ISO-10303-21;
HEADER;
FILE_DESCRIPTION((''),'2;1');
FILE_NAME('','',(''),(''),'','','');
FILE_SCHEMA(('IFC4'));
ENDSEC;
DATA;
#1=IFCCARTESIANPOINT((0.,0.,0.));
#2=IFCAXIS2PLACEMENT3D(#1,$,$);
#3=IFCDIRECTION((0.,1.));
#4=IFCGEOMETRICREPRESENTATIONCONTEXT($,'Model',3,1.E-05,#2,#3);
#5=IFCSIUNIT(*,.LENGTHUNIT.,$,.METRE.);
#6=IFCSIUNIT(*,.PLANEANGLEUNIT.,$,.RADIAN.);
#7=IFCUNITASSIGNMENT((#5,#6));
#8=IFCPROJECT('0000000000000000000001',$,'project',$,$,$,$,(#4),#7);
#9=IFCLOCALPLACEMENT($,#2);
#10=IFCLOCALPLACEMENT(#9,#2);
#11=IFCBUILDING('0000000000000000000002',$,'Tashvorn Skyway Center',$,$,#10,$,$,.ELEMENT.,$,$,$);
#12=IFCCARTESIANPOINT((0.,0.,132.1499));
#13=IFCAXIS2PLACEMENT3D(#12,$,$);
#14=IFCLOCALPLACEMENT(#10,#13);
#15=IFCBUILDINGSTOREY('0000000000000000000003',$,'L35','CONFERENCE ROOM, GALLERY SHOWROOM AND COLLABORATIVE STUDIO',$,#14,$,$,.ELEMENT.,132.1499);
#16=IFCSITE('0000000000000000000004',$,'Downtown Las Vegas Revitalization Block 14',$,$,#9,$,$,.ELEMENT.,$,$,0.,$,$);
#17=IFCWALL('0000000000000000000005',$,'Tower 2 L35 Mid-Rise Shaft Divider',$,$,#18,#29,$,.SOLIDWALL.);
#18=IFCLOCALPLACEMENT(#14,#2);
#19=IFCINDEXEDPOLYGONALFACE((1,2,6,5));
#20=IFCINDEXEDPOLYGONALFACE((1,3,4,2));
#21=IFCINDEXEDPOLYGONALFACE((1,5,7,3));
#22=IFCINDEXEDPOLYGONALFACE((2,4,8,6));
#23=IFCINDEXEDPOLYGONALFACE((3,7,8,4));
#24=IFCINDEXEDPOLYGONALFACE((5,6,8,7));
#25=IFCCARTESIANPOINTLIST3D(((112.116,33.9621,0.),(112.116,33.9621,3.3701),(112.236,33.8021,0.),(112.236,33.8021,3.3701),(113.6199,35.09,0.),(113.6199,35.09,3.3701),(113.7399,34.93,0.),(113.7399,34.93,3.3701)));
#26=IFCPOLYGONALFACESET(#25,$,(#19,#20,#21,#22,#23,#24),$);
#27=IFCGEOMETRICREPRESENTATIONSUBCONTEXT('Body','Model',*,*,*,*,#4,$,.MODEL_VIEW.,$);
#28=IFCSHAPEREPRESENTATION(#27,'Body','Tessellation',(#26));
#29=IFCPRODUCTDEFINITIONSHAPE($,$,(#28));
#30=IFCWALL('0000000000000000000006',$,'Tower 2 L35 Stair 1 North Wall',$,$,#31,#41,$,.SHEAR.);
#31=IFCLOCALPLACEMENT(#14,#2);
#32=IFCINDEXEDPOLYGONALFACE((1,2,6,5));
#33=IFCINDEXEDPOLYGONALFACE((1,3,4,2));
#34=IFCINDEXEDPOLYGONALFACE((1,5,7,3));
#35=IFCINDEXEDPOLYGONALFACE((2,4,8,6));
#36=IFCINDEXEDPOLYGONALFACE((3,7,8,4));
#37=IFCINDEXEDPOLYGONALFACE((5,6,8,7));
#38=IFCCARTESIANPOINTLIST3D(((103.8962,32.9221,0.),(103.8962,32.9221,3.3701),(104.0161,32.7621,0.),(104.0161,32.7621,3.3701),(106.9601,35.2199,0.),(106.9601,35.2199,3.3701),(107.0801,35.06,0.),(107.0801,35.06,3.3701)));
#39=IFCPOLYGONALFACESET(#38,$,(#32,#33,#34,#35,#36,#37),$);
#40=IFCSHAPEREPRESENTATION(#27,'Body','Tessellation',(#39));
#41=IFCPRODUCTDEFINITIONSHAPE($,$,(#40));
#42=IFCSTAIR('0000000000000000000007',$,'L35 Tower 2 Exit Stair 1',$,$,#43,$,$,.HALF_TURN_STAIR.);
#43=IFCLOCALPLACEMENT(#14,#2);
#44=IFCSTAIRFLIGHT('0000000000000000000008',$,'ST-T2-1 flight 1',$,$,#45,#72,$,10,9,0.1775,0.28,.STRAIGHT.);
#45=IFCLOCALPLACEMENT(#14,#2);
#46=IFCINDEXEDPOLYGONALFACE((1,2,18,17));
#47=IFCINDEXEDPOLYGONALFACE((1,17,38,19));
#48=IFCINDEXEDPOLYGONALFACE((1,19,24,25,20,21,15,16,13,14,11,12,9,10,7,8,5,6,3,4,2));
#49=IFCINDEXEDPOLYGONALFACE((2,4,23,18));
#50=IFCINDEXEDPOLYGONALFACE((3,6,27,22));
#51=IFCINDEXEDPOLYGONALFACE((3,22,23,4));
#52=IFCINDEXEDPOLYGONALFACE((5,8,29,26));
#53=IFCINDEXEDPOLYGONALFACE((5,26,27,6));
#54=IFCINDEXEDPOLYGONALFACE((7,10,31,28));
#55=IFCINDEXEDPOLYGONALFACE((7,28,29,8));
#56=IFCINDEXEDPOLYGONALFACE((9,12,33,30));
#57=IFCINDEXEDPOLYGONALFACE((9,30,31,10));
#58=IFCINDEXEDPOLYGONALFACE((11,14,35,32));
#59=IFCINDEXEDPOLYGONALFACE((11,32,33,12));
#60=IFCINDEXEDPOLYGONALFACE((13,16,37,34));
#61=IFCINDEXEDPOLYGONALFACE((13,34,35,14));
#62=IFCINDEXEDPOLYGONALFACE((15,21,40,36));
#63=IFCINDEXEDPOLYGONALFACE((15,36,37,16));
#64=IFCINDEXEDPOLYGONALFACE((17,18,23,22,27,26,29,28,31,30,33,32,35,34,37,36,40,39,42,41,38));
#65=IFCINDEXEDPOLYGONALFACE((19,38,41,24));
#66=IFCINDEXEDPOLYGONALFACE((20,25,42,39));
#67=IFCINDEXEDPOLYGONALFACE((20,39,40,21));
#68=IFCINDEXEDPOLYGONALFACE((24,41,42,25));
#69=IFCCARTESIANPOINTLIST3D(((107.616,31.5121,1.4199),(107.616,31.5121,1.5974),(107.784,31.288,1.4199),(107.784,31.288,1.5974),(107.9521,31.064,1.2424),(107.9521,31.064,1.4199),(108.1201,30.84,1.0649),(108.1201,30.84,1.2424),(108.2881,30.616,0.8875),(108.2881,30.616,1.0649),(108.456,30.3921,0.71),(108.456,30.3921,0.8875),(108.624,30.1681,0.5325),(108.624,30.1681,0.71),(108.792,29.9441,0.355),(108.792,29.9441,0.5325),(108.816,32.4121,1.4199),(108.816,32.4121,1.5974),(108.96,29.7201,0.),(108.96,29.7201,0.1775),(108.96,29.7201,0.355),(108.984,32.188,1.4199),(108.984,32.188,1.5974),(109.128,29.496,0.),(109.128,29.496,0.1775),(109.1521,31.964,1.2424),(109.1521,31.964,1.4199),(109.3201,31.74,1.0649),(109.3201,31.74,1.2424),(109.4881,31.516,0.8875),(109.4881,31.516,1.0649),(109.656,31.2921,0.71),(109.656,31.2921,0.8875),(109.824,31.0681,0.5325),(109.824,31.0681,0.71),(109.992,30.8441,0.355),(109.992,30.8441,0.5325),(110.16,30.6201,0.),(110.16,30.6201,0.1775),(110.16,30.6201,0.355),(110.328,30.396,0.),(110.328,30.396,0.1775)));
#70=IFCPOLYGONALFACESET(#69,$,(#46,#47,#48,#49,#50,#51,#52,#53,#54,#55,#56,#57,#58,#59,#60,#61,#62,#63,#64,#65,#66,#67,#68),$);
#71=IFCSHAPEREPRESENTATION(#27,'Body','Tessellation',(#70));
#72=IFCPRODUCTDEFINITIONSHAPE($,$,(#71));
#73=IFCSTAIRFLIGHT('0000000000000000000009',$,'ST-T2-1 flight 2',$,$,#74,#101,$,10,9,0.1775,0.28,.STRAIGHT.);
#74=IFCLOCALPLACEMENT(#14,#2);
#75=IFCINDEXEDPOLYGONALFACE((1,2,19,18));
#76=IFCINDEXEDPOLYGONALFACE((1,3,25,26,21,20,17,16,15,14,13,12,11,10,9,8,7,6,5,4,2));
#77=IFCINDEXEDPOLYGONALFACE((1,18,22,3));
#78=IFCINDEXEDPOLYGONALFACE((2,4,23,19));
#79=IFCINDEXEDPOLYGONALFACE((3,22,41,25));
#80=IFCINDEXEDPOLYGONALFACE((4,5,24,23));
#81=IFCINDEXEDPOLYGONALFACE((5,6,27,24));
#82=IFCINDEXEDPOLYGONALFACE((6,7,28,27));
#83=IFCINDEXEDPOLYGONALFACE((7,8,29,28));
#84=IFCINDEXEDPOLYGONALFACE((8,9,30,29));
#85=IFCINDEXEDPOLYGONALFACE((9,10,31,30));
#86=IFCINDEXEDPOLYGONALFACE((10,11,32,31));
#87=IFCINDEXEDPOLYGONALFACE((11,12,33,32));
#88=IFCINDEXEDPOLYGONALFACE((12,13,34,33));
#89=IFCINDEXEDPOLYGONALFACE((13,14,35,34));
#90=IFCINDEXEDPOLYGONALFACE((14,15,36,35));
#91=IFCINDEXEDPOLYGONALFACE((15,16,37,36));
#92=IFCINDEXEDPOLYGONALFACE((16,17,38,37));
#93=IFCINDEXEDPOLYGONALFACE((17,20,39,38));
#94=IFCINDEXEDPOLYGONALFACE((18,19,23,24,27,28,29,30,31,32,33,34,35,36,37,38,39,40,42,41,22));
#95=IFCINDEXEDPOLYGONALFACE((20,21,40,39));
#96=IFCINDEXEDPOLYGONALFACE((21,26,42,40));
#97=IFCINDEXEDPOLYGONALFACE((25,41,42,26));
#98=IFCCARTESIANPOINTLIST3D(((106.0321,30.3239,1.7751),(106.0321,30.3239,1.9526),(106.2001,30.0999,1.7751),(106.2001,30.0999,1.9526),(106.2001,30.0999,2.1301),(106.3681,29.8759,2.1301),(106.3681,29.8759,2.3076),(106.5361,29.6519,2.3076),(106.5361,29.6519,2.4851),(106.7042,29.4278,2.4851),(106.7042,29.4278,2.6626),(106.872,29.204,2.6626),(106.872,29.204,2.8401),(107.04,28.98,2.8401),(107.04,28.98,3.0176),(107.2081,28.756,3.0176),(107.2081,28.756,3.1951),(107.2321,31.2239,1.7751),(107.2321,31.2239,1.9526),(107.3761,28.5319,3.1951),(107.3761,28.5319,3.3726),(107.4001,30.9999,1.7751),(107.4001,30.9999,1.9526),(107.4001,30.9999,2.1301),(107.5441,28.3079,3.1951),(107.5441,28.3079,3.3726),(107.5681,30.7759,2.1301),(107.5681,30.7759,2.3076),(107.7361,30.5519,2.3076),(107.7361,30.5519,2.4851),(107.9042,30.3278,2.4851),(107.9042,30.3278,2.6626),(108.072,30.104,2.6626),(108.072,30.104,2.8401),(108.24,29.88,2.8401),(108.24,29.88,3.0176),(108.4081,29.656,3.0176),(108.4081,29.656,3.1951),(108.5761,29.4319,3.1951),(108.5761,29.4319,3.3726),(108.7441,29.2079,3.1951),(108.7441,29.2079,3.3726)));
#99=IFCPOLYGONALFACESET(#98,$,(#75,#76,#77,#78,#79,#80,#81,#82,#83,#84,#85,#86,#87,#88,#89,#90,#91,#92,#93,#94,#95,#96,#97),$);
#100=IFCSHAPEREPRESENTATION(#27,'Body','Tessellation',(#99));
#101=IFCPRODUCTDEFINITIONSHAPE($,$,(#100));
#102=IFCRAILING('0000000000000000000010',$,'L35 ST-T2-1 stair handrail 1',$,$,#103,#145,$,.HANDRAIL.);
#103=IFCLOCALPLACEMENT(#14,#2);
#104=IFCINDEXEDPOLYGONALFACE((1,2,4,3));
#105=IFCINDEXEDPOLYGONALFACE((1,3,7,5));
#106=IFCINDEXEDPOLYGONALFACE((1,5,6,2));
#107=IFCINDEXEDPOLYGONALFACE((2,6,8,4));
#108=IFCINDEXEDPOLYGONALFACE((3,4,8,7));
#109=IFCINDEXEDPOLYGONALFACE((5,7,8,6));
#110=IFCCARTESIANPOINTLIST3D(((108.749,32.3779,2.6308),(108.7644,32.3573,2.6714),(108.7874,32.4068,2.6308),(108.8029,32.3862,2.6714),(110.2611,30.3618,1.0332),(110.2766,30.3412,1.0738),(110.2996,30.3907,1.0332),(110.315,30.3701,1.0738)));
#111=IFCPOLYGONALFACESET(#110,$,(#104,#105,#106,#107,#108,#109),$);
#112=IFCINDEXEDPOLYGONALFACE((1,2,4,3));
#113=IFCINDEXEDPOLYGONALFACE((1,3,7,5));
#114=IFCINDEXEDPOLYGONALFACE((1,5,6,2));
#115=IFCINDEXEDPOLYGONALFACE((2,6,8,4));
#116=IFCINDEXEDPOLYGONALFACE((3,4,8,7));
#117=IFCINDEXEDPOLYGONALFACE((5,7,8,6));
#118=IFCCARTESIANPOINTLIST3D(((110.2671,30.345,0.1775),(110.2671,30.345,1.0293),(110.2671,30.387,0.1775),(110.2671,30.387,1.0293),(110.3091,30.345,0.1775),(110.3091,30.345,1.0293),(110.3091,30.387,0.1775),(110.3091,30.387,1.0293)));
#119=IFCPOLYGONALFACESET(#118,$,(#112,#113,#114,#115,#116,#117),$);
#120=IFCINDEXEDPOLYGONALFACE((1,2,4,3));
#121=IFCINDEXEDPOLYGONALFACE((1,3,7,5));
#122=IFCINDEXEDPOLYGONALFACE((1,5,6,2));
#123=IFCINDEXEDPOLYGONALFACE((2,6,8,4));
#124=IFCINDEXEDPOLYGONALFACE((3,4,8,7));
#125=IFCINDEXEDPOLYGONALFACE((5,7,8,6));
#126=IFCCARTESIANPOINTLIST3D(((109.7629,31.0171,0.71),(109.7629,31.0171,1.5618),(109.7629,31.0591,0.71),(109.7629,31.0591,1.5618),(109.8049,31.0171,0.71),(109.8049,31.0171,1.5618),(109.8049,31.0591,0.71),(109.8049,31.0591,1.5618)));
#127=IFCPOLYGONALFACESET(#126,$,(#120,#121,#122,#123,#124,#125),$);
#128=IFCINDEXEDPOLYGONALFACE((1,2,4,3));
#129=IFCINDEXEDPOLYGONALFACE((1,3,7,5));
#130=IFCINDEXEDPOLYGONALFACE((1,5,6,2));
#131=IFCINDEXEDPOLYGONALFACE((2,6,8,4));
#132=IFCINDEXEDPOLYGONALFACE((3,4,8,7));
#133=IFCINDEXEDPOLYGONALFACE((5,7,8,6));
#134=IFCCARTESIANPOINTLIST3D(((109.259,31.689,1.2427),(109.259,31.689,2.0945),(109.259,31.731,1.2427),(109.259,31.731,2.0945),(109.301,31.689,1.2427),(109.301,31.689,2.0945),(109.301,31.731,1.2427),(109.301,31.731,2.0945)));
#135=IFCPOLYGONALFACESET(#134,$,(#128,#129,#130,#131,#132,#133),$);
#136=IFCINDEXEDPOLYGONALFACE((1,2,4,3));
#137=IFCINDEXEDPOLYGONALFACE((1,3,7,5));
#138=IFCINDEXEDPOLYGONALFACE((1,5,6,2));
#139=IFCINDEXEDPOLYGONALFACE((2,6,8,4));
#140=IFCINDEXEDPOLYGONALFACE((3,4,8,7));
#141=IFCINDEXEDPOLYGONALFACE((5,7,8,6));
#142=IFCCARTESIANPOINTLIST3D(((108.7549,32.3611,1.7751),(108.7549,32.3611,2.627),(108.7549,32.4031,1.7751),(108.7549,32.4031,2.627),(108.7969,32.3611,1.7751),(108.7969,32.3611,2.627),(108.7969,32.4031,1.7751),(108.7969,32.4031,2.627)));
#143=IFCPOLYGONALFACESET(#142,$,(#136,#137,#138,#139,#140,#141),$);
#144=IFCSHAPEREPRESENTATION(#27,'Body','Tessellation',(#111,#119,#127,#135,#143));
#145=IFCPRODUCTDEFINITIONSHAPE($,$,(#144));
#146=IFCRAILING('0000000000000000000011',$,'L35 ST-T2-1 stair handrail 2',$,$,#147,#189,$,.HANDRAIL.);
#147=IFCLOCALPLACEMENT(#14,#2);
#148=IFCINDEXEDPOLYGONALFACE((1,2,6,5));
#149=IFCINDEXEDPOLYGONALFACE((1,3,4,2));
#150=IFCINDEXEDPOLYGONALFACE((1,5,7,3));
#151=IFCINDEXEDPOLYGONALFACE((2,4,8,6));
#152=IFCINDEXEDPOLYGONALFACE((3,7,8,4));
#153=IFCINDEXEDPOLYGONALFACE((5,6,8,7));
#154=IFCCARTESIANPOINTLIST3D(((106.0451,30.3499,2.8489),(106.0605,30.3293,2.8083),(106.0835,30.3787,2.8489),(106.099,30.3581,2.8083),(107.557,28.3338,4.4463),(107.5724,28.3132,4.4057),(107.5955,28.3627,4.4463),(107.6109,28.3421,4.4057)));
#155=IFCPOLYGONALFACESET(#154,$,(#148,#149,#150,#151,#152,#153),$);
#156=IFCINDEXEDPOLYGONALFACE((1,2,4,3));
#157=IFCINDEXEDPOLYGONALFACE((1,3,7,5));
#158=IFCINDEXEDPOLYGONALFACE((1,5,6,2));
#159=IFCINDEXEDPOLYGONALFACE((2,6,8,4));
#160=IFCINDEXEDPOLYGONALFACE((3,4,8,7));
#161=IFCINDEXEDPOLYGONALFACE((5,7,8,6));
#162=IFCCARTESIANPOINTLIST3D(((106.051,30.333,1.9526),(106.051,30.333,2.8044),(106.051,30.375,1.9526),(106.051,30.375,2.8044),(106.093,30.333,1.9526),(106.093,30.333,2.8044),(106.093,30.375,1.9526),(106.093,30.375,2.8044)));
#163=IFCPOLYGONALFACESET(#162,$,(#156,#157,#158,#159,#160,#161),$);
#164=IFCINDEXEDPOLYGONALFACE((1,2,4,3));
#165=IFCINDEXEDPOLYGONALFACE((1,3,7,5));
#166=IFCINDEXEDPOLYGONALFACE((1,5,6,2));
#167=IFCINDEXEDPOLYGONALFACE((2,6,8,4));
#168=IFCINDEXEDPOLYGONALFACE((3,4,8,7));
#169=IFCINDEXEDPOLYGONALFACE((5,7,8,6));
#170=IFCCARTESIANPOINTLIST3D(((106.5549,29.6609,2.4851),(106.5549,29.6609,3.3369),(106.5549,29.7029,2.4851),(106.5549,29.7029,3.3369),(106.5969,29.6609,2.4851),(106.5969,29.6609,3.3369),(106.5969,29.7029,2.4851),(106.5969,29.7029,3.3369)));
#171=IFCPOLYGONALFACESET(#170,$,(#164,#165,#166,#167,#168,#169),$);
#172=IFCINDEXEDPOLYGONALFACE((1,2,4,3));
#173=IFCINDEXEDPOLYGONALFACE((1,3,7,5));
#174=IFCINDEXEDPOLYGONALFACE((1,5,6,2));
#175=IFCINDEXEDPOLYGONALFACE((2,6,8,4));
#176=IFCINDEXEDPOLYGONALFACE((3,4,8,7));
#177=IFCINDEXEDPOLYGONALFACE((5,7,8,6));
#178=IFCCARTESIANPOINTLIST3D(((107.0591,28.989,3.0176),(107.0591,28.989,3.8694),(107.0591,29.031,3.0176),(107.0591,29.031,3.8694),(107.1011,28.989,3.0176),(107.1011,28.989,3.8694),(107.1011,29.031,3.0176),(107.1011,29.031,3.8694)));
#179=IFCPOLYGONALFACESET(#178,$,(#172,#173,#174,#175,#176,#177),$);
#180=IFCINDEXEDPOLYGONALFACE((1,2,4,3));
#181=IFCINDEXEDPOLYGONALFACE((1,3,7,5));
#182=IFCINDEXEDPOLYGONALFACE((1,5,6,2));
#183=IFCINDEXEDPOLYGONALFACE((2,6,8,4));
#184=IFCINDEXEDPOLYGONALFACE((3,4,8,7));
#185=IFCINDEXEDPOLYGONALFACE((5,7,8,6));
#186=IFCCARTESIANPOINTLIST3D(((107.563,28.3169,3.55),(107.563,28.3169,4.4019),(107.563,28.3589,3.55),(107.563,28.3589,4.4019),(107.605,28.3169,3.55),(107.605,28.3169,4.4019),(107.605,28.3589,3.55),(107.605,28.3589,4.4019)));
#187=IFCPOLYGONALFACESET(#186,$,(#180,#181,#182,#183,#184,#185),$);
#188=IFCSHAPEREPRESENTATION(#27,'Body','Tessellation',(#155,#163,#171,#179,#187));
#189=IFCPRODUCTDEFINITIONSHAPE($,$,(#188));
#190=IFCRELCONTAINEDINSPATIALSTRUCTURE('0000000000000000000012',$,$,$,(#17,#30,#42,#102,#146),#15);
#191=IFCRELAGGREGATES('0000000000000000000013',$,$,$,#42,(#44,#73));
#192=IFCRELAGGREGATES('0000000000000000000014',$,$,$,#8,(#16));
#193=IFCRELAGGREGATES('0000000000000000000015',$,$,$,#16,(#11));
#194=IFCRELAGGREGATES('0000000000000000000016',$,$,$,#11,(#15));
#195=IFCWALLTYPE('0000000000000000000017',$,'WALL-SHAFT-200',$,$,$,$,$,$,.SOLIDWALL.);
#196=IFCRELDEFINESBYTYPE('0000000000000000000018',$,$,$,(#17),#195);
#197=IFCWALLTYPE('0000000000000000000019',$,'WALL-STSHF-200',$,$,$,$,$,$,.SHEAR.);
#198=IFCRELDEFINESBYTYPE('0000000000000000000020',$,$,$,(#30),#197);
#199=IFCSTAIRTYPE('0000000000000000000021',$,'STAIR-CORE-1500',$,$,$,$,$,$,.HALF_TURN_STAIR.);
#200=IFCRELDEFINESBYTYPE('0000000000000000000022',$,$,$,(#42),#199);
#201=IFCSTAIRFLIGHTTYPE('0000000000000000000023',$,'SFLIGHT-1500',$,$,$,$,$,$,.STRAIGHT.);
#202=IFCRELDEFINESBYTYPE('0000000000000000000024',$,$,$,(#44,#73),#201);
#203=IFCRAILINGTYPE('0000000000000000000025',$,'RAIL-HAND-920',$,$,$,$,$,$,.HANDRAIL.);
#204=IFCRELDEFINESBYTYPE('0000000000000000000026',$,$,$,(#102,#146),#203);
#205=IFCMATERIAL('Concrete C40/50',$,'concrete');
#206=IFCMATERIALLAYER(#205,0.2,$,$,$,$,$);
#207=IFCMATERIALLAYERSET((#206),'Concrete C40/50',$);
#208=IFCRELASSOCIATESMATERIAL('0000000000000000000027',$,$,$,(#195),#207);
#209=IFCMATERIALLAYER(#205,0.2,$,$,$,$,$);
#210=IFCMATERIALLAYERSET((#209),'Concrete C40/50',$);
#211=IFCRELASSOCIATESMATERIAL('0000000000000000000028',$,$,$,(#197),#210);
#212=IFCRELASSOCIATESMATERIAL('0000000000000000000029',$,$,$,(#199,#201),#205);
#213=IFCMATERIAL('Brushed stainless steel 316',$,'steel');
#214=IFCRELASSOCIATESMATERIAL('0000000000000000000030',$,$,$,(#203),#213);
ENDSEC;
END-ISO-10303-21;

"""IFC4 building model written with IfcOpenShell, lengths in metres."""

from ifc_helpers import new_model, si_unit, direction, frame, frame_2d, origin, origin_2d, place, context, subcontext, project, spatial, polyline, rectangle, outline, extrude, material, layer, layer_set, type_object, element, aggregate, save


model = new_model("IFC4")

# Units and contexts
model_context = context("Model", 3, precision=1e-05, world=origin(), true_north=direction((0.0, 1.0)))
body_context = subcontext(model_context, "Body", "Model", "MODEL_VIEW")
ifc_project = project(units=[si_unit("LENGTHUNIT", "METRE"), si_unit("PLANEANGLEUNIT", "RADIAN")], contexts=[model_context])

# Site, building, storey
site_placement = place(None, origin())
site = spatial("IfcSite", under=ifc_project, at=site_placement, Name="Downtown Las Vegas Revitalization Block 14", CompositionType="ELEMENT", RefElevation=0.0)
building_placement = place(site_placement, origin())
building = spatial("IfcBuilding", under=site, at=building_placement, Name="Tashvorn Skyway Center", CompositionType="ELEMENT")
storey_placement = place(building_placement, frame((0.0, 0.0, 132.1499)))
storey = spatial("IfcBuildingStorey", under=building, at=storey_placement, Name="L35", Description="CONFERENCE ROOM, GALLERY SHOWROOM AND COLLABORATIVE STUDIO", CompositionType="ELEMENT", Elevation=132.1499)

# Shared definitions
ifc_material_1 = material(Name="Concrete C40/50", Category="concrete")

# Walls
ifc_layer_1 = layer(ifc_material_1, 0.2)
ifc_layer_set_1 = layer_set([ifc_layer_1], Name="Concrete C40/50")
wall_type_1 = type_object("IfcWallType", Name="WALL-SHAFT-200", PredefinedType="SOLIDWALL", material=ifc_layer_set_1)
wall_1_placement = place(storey_placement, frame((112.176, 33.8821, 0.0), z_axis=(0.0, 0.0, 1.0), x_axis=(0.8, 0.6, 0.0)))
element("IfcWall", 1, at=wall_1_placement, inside=storey, type_object=wall_type_1, Name="Tower 2 L35 Mid-Rise Shaft Divider", PredefinedType="SOLIDWALL", context=body_context, shape_type="SweptSolid", body=[
    extrude(rectangle(XDim=1.8799, YDim=0.2, at=frame_2d((0.9399, 0.0))), origin(), (0.0, 0.0, 1.0), 3.3701),
])
ifc_layer_2 = layer(ifc_material_1, 0.2)
ifc_layer_set_2 = layer_set([ifc_layer_2], Name="Concrete C40/50")
wall_type_2 = type_object("IfcWallType", Name="WALL-STSHF-200", PredefinedType="SHEAR", material=ifc_layer_set_2)
wall_2_placement = place(storey_placement, frame((103.9561, 32.842, 0.0), z_axis=(0.0, 0.0, 1.0), x_axis=(0.800015, 0.59998, 0.0)))
element("IfcWall", 2, at=wall_2_placement, inside=storey, type_object=wall_type_2, Name="Tower 2 L35 Stair 1 North Wall", PredefinedType="SHEAR", context=body_context, shape_type="SweptSolid", body=[
    extrude(rectangle(XDim=3.8298, YDim=0.2, at=frame_2d((1.915, 0.0))), origin(), (0.0, 0.0, 1.0), 3.3701),
])

# Stair, stair flights
stair_type = type_object("IfcStairType", Name="STAIR-CORE-1500", PredefinedType="HALF_TURN_STAIR", material=ifc_material_1)
stair_placement = place(storey_placement, origin())
stair = element("IfcStair", 3, at=stair_placement, inside=storey, type_object=stair_type, Name="L35 Tower 2 Exit Stair 1", PredefinedType="HALF_TURN_STAIR")
stair_flight_type = type_object("IfcStairFlightType", Name="SFLIGHT-1500", PredefinedType="STRAIGHT", material=ifc_material_1)
stair_flight_1_placement = place(storey_placement, frame((109.728, 29.946, 0.0), z_axis=(0.0, 0.0, 1.0), x_axis=(-0.6, 0.8, 0.0)))
stair_flight_1 = element("IfcStairFlight", 4, at=stair_flight_1_placement, type_object=stair_flight_type, Name="ST-T2-1 flight 1", NumberOfRisers=10, NumberOfTreads=9, PredefinedType="STRAIGHT", RiserHeight=0.1775, TreadLength=0.28, context=body_context, shape_type="SweptSolid", body=[
    extrude(outline(polyline([(0.0, 0.0), (0.0, 0.1775), (0.28, 0.1775), (0.28, 0.355), (0.5601, 0.355), (0.5601, 0.5325), (0.8401, 0.5325), (0.8401, 0.71), (1.1201, 0.71), (1.1201, 0.8875), (1.3999, 0.8875), (1.3999, 1.0649), (1.6799, 1.0649), (1.6799, 1.2424), (1.96, 1.2424), (1.96, 1.4199), (2.24, 1.4199), (2.24, 1.5974), (2.52, 1.5974), (2.52, 1.7749), (2.52, 1.4199), (0.28, 0.0), (0.0, 0.0)])), frame((0.0, 0.75, 0.0), z_axis=(0.0, -1.0, 0.0), x_axis=(1.0, 0.0, 0.0)), (0.0, 0.0, 1.0), 1.5),
])
stair_flight_2_placement = place(storey_placement, frame((106.6321, 30.7739, 1.7751), z_axis=(0.0, 0.0, 1.0), x_axis=(0.6, -0.8, 0.0)))
stair_flight_2 = element("IfcStairFlight", 5, at=stair_flight_2_placement, type_object=stair_flight_type, Name="ST-T2-1 flight 2", NumberOfRisers=10, NumberOfTreads=9, PredefinedType="STRAIGHT", RiserHeight=0.1775, TreadLength=0.28, context=body_context, shape_type="SweptSolid", body=[
    extrude(outline(polyline([(0.0, 0.0), (0.0, 0.1775), (0.28, 0.1775), (0.28, 0.355), (0.5601, 0.355), (0.5601, 0.5325), (0.8401, 0.5325), (0.8401, 0.71), (1.1201, 0.71), (1.1201, 0.8875), (1.3999, 0.8875), (1.3999, 1.0649), (1.6799, 1.0649), (1.6799, 1.2424), (1.96, 1.2424), (1.96, 1.4199), (2.24, 1.4199), (2.24, 1.5974), (2.52, 1.5974), (2.52, 1.7749), (2.52, 1.4199), (0.28, 0.0), (0.0, 0.0)])), frame((0.0, 0.75, 0.0), z_axis=(0.0, -1.0, 0.0), x_axis=(1.0, 0.0, 0.0)), (0.0, 0.0, 1.0), 1.5),
])
aggregate(stair, [stair_flight_1, stair_flight_2])

# Railings
ifc_material_2 = material(Name="Brushed stainless steel 316", Category="steel")
railing_type_1 = type_object("IfcRailingType", Name="RAIL-HAND-920", PredefinedType="HANDRAIL", material=ifc_material_2)
railing_1_placement = place(storey_placement, frame((110.2881, 30.366, 0.1775)))
element("IfcRailing", 6, at=railing_1_placement, inside=storey, type_object=railing_type_1, Name="L35 ST-T2-1 stair handrail 1", PredefinedType="HANDRAIL", context=body_context, shape_type="SweptSolid", body=[
    extrude(rectangle(XDim=0.0481, YDim=0.0481, at=origin_2d()), frame((0.0, 0.0, 0.876), z_axis=(-0.506779, 0.675651, 0.535416), x_axis=(-0.799977, -0.600031, 0.0)), (0.0, 0.0, 1.0), 2.9839),
    extrude(rectangle(XDim=0.042, YDim=0.042, at=origin_2d()), origin(), (0.0, 0.0, 1.0), 0.8518),
    extrude(rectangle(XDim=0.042, YDim=0.042, at=origin_2d()), frame((-0.5042, 0.6721, 0.5325)), (0.0, 0.0, 1.0), 0.8518),
    extrude(rectangle(XDim=0.042, YDim=0.042, at=origin_2d()), frame((-1.0081, 1.344, 1.0652)), (0.0, 0.0, 1.0), 0.8518),
    extrude(rectangle(XDim=0.042, YDim=0.042, at=origin_2d()), frame((-1.5122, 2.0161, 1.5977)), (0.0, 0.0, 1.0), 0.8518),
])
railing_2_placement = place(storey_placement, frame((106.072, 30.354, 1.9526)))
element("IfcRailing", 7, at=railing_2_placement, inside=storey, type_object=railing_type_1, Name="L35 ST-T2-1 stair handrail 2", PredefinedType="HANDRAIL", context=body_context, shape_type="SweptSolid", body=[
    extrude(rectangle(XDim=0.0481, YDim=0.0481, at=origin_2d()), frame((0.0, 0.0, 0.876), z_axis=(0.506741, -0.675709, 0.535379), x_axis=(0.800023, 0.599969, 0.0)), (0.0, 0.0, 1.0), 2.9836),
    extrude(rectangle(XDim=0.042, YDim=0.042, at=origin_2d()), origin(), (0.0, 0.0, 1.0), 0.8518),
    extrude(rectangle(XDim=0.042, YDim=0.042, at=origin_2d()), frame((0.5039, -0.6721, 0.5325)), (0.0, 0.0, 1.0), 0.8518),
    extrude(rectangle(XDim=0.042, YDim=0.042, at=origin_2d()), frame((1.0081, -1.344, 1.0649)), (0.0, 0.0, 1.0), 0.8518),
    extrude(rectangle(XDim=0.042, YDim=0.042, at=origin_2d()), frame((1.512, -2.0161, 1.5974)), (0.0, 0.0, 1.0), 0.8518),
])

save(model, "model.ifc")
